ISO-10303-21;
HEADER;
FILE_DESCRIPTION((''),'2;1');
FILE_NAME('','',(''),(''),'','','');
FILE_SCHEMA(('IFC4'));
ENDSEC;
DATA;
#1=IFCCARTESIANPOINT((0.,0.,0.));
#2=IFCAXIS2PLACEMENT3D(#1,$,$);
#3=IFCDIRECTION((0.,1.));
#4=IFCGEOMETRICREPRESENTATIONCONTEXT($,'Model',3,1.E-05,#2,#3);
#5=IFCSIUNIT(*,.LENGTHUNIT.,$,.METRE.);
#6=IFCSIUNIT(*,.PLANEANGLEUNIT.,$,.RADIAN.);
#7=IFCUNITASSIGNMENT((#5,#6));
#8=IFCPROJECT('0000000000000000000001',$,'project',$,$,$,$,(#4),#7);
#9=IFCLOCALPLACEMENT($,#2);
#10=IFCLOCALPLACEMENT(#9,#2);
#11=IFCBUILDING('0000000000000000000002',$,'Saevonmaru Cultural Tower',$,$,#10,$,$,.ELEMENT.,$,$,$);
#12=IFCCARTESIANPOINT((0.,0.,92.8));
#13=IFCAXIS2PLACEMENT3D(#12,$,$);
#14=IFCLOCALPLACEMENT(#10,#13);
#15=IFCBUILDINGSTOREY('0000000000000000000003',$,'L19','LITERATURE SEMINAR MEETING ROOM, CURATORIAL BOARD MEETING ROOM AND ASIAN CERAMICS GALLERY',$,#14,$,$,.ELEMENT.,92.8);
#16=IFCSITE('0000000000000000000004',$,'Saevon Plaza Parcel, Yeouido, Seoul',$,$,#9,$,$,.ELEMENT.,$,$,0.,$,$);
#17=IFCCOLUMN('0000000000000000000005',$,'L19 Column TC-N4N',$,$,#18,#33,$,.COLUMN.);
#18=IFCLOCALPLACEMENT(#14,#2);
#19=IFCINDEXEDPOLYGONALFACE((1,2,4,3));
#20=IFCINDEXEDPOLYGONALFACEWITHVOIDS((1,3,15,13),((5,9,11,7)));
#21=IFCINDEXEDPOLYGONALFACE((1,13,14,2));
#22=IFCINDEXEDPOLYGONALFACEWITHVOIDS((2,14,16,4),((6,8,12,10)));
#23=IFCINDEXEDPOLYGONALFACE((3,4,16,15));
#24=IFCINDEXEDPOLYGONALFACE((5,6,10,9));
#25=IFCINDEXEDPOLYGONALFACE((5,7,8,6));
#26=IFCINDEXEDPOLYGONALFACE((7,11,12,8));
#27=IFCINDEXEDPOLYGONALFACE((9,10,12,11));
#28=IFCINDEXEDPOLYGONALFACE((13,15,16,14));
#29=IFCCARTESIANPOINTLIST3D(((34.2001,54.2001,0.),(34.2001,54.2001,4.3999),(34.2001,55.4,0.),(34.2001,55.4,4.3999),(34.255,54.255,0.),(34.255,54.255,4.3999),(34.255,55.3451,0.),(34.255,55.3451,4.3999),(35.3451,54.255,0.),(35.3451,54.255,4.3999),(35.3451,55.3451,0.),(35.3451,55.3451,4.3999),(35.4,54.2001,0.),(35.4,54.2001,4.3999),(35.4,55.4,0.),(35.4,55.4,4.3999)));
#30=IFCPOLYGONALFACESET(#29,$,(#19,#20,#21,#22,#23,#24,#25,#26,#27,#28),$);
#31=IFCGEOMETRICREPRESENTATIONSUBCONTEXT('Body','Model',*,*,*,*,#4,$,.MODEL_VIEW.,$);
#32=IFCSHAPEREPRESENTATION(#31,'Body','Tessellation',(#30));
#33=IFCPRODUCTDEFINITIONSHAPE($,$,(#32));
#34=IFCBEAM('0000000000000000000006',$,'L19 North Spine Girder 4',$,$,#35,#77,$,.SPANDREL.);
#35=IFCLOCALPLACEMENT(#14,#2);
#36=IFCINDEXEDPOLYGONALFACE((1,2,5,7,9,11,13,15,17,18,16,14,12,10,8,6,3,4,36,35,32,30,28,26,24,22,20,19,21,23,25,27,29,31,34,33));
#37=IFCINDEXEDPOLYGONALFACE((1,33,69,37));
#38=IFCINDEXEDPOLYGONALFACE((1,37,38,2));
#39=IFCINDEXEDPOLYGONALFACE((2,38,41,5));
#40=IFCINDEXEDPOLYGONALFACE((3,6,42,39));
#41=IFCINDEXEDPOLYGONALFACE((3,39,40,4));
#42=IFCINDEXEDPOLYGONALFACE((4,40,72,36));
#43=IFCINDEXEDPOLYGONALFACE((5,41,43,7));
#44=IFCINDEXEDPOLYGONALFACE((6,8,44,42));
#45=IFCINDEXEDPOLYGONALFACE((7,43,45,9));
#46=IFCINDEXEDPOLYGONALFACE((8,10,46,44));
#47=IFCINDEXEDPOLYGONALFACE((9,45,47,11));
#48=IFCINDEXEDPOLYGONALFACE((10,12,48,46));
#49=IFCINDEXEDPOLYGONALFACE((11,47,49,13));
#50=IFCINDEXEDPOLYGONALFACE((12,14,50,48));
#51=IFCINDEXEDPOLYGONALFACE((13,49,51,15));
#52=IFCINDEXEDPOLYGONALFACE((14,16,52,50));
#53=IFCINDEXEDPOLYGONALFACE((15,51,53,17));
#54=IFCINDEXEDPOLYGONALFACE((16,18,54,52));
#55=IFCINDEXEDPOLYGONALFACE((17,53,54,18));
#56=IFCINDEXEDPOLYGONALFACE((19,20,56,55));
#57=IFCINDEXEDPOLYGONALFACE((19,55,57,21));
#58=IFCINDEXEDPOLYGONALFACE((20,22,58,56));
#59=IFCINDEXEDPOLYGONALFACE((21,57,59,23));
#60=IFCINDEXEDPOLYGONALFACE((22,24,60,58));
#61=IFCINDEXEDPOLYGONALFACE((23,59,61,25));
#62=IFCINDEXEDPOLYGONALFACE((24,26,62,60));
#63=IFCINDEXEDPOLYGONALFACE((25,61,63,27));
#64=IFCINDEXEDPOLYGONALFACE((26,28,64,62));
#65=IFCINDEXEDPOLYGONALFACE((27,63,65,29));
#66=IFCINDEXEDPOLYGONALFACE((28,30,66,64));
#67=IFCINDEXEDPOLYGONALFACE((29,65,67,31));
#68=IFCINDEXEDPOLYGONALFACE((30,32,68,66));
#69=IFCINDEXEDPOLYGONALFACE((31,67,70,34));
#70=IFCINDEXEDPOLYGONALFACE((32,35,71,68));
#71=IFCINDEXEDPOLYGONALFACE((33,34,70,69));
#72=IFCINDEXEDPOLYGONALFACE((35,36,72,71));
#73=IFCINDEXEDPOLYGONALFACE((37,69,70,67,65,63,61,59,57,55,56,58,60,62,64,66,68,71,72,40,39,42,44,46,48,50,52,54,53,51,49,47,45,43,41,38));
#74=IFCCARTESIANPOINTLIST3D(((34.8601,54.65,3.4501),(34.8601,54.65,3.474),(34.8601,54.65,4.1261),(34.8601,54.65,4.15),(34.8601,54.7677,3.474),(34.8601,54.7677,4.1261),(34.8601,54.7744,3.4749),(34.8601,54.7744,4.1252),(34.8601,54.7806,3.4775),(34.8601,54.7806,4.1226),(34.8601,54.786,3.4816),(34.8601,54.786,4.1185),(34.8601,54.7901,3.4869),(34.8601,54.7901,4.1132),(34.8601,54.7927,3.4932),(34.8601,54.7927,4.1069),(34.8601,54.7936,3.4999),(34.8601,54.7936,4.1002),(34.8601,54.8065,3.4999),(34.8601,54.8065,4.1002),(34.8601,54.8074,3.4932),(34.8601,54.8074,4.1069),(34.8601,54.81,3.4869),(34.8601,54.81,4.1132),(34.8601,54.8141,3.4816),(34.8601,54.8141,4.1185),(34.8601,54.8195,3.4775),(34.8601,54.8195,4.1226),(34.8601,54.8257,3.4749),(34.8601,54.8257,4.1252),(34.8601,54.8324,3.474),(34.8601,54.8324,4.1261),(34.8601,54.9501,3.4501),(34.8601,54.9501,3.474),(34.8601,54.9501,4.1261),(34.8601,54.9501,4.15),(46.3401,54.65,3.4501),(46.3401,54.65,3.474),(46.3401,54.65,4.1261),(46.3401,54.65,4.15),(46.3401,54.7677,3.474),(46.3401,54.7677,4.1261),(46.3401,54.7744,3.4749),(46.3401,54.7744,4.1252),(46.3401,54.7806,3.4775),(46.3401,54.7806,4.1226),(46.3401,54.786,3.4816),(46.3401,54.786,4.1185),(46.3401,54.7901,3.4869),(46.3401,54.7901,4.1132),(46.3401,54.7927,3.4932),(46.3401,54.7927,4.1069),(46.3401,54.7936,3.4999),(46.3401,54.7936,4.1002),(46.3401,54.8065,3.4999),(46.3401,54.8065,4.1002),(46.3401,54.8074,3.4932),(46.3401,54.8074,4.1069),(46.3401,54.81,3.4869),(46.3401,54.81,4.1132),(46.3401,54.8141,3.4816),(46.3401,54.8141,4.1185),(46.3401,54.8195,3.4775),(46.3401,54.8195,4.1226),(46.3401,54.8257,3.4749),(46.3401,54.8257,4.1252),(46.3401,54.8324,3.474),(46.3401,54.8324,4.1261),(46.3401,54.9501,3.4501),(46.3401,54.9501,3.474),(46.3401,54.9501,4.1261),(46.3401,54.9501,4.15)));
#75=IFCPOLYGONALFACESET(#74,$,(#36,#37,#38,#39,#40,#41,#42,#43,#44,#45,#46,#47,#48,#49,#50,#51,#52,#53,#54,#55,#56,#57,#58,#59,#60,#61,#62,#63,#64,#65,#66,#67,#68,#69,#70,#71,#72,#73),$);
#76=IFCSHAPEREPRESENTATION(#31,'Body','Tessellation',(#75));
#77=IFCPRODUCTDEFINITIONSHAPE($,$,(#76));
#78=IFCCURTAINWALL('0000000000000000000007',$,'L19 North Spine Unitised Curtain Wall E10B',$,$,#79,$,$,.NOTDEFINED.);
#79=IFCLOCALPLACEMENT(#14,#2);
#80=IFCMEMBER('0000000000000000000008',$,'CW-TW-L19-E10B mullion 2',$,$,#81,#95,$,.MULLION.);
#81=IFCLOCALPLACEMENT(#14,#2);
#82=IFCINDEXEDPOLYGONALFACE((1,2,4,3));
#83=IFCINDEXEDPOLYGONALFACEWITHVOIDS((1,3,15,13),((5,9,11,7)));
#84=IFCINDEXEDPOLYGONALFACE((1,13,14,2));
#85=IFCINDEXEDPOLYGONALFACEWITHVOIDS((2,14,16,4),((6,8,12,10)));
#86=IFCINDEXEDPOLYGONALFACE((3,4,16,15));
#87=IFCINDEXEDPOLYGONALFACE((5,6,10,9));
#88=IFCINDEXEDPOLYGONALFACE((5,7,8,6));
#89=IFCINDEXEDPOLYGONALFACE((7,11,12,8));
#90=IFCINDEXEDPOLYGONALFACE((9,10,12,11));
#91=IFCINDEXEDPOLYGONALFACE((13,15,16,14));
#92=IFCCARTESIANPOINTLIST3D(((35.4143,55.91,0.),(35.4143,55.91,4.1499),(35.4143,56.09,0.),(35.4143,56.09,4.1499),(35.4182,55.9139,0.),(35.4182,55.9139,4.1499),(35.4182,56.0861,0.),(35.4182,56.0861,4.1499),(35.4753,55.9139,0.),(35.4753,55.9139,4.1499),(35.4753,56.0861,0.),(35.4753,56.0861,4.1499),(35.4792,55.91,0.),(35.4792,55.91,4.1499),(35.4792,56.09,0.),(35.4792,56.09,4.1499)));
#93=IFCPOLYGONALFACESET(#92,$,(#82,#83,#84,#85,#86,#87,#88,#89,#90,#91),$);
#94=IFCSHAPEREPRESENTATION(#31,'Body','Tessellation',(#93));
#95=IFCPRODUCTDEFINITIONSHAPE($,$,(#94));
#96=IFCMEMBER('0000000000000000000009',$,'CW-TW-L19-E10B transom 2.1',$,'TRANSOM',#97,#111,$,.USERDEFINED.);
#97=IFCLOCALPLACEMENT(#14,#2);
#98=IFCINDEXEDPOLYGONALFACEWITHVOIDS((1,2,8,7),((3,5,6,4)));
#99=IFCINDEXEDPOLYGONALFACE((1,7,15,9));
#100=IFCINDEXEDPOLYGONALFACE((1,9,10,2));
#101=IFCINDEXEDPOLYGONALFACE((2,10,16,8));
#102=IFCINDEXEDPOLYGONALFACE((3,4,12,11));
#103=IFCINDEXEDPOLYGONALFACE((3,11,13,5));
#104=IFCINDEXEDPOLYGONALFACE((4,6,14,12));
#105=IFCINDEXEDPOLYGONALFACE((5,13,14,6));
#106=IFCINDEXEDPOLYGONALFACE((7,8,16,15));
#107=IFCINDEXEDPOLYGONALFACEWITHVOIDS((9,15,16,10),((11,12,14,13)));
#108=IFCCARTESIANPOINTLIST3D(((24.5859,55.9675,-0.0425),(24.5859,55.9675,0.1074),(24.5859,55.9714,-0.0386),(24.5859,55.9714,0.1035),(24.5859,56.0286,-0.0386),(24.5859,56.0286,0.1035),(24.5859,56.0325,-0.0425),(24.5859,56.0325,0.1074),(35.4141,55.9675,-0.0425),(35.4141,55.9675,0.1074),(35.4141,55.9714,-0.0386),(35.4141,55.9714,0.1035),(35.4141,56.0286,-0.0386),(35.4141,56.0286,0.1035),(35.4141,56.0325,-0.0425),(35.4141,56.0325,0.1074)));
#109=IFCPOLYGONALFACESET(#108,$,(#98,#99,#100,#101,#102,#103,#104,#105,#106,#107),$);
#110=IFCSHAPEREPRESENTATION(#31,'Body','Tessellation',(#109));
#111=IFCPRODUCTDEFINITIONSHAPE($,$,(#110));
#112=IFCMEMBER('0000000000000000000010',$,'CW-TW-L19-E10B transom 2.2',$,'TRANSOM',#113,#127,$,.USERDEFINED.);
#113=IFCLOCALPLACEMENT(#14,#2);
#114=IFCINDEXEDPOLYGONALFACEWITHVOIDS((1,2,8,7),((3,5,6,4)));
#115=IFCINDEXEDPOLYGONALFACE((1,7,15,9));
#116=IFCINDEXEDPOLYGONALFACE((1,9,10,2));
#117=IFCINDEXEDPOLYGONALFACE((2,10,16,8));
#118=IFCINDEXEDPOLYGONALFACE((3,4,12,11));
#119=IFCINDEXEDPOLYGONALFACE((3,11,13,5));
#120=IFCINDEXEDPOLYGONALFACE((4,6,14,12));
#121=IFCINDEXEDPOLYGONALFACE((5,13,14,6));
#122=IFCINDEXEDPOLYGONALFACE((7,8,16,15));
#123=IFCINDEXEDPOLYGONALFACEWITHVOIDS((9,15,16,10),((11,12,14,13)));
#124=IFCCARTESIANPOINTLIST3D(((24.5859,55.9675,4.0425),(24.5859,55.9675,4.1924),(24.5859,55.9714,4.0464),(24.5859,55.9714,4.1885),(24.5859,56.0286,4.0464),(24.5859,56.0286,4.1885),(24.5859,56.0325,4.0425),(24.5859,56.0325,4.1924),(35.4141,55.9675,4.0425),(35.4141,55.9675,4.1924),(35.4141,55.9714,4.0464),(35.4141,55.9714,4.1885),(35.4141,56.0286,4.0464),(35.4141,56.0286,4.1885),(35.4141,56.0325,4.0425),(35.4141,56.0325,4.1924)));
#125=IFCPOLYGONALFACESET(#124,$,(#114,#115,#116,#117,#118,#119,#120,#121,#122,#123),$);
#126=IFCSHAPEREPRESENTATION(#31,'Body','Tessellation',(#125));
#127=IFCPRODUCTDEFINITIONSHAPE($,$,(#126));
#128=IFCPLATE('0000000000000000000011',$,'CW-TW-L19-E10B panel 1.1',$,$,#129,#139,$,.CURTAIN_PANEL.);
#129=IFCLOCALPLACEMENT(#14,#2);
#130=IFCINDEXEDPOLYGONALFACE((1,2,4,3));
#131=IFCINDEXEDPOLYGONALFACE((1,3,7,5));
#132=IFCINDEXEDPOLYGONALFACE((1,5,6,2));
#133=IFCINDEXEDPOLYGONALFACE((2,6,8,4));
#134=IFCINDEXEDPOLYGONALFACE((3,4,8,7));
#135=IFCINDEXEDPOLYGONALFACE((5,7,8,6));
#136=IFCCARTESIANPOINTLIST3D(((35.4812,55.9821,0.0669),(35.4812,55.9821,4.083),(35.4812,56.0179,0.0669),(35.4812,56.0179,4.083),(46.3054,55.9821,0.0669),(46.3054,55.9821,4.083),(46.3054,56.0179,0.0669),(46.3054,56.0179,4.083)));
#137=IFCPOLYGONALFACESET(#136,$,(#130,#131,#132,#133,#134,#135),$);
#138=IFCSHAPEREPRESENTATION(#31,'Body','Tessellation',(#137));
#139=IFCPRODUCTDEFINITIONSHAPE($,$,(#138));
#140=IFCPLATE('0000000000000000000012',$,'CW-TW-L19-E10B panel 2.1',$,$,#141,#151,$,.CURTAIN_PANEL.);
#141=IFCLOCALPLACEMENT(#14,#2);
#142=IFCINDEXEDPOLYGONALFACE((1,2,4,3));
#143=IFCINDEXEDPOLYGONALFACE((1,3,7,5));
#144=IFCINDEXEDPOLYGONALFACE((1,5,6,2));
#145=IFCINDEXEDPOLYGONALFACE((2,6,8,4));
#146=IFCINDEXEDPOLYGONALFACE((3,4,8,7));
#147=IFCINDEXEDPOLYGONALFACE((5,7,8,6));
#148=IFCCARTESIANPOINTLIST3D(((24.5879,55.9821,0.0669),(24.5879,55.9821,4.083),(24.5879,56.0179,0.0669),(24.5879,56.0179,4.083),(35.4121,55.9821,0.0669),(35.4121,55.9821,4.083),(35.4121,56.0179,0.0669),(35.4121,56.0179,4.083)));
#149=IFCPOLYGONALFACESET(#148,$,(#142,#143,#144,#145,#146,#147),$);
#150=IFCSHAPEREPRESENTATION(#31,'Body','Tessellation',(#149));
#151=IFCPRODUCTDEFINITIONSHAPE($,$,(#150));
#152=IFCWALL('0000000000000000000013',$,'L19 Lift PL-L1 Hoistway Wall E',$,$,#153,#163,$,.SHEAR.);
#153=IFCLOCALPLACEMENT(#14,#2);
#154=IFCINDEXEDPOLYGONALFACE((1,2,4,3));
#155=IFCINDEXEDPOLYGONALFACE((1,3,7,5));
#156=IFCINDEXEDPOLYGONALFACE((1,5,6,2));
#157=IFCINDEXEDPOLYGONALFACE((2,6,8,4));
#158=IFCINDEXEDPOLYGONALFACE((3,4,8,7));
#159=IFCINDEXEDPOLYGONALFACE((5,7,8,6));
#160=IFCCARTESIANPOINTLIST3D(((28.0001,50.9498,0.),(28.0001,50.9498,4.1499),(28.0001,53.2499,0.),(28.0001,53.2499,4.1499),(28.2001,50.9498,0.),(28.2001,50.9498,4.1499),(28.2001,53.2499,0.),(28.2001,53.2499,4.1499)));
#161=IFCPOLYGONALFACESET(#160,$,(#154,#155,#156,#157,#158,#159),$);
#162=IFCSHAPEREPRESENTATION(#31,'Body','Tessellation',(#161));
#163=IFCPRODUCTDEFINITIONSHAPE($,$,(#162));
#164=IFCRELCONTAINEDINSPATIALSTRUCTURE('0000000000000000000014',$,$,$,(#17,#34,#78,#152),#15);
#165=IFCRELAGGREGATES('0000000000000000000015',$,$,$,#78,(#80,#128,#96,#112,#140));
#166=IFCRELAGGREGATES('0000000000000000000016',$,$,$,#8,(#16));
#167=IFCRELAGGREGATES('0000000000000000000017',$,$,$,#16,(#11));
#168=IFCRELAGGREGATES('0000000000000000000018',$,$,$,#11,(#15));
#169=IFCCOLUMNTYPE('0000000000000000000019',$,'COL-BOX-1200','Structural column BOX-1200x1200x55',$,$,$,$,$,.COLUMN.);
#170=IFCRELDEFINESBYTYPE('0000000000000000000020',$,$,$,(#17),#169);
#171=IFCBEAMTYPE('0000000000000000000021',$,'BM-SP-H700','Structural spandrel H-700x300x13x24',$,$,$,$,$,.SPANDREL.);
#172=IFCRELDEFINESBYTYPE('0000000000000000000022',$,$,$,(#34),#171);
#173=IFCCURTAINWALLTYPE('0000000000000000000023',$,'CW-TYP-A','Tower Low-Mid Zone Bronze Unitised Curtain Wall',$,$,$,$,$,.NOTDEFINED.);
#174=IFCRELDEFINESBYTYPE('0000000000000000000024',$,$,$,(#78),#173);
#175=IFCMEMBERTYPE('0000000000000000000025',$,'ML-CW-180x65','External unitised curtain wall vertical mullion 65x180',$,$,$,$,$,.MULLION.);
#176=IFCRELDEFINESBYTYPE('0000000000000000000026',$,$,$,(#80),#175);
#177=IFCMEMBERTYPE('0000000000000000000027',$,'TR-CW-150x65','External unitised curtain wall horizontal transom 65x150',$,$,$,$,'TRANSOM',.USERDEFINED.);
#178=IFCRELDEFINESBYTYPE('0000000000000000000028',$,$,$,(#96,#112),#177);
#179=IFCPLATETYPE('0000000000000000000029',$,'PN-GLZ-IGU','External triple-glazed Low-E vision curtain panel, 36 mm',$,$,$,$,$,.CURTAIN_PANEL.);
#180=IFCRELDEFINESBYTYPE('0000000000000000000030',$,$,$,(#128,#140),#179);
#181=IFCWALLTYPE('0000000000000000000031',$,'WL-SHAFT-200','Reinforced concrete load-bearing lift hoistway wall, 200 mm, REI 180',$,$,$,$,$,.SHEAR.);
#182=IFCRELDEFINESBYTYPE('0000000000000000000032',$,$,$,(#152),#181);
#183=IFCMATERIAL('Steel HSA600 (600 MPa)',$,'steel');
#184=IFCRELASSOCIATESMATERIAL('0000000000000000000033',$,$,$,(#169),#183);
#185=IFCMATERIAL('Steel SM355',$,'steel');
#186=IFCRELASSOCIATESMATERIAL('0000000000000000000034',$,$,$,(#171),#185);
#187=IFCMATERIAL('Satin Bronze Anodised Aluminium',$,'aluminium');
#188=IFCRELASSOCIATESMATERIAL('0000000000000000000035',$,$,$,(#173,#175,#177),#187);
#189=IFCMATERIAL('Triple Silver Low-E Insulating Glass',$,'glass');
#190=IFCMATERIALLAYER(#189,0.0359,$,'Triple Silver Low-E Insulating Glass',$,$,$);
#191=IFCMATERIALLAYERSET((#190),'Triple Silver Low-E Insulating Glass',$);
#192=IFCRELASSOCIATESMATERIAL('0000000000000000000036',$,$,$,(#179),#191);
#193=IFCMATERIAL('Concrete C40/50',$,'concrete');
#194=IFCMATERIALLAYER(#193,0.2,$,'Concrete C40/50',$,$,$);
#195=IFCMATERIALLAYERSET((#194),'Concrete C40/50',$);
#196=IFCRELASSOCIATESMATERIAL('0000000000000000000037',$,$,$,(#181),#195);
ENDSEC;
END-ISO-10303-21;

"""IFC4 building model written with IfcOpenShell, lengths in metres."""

from ifc_helpers import new_model, si_unit, direction, frame, frame_2d, origin, origin_2d, place, context, subcontext, project, spatial, rectangle, hollow_rectangle, i_section, extrude, material, layer, layer_set, material_profile, profile_set, type_object, element, aggregate, save


model = new_model("IFC4")

# Units and contexts
model_context = context("Model", 3, precision=1e-05, world=origin(), true_north=direction((0.0, 1.0)))
body_context = subcontext(model_context, "Body", "Model", "MODEL_VIEW")
ifc_project = project(units=[si_unit("LENGTHUNIT", "METRE"), si_unit("PLANEANGLEUNIT", "RADIAN")], contexts=[model_context])

# Site, building, storey
site_placement = place(None, origin())
site = spatial("IfcSite", under=ifc_project, at=site_placement, Name="Saevon Plaza Parcel, Yeouido, Seoul", CompositionType="ELEMENT", RefElevation=0.0)
building_placement = place(site_placement, origin())
building = spatial("IfcBuilding", under=site, at=building_placement, Name="Saevonmaru Cultural Tower", CompositionType="ELEMENT")
storey_placement = place(building_placement, frame((0.0, 0.0, 92.8)))
storey = spatial("IfcBuildingStorey", under=building, at=storey_placement, Name="L19", Description="LITERATURE SEMINAR MEETING ROOM, CURATORIAL BOARD MEETING ROOM AND ASIAN CERAMICS GALLERY", CompositionType="ELEMENT", Elevation=92.8)

# Column
ifc_material_1 = material(Name="Steel HSA600 (600 MPa)", Category="steel")
ifc_material_profile_1 = material_profile(ifc_material_1, hollow_rectangle(XDim=1.2, YDim=1.2, WallThickness=0.0549, at=origin_2d()), Name="BOX-1200x1200x55")
ifc_profile_set_1 = profile_set([ifc_material_profile_1], Name="Steel HSA600 (600 MPa)")
column_type = type_object("IfcColumnType", Name="COL-BOX-1200", Description="Structural column BOX-1200x1200x55", PredefinedType="COLUMN", material=ifc_profile_set_1)
column_placement = place(storey_placement, frame((34.8, 54.8, 0.0), z_axis=(0.0, 0.0, 1.0), x_axis=(1.0, 0.0, 0.0)))
element("IfcColumn", 1, at=column_placement, inside=storey, type_object=column_type, Name="L19 Column TC-N4N", PredefinedType="COLUMN", context=body_context, shape_type="SweptSolid", body=[
    extrude(hollow_rectangle(XDim=1.2, YDim=1.2, WallThickness=0.0549, at=origin_2d()), origin(), (0.0, 0.0, 1.0), 4.3999),
])

# Beam
ifc_material_2 = material(Name="Steel SM355", Category="steel")
ifc_material_profile_2 = material_profile(ifc_material_2, i_section(OverallWidth=0.3, OverallDepth=0.7, WebThickness=0.0129, FlangeThickness=0.0239, FilletRadius=0.0259, at=origin_2d()), Name="H-700x300x13x24")
ifc_profile_set_2 = profile_set([ifc_material_profile_2], Name="Steel SM355")
beam_type = type_object("IfcBeamType", Name="BM-SP-H700", Description="Structural spandrel H-700x300x13x24", PredefinedType="SPANDREL", material=ifc_profile_set_2)
beam_placement = place(storey_placement, frame((34.8601, 54.8, 3.8), z_axis=(1.0, 0.0, 0.0), x_axis=(0.0, 1.0, 0.0)))
element("IfcBeam", 2, at=beam_placement, inside=storey, type_object=beam_type, Name="L19 North Spine Girder 4", PredefinedType="SPANDREL", context=body_context, shape_type="SweptSolid", body=[
    extrude(i_section(OverallWidth=0.3, OverallDepth=0.7, WebThickness=0.0129, FlangeThickness=0.0239, FilletRadius=0.0259, at=origin_2d()), origin(), (0.0, 0.0, 1.0), 11.48),
])

# Curtain wall, members, plates
ifc_material_3 = material(Name="Satin Bronze Anodised Aluminium", Category="aluminium")
curtain_wall_type = type_object("IfcCurtainWallType", Name="CW-TYP-A", Description="Tower Low-Mid Zone Bronze Unitised Curtain Wall", PredefinedType="NOTDEFINED", material=ifc_material_3)
curtain_wall_placement = place(storey_placement, origin())
curtain_wall = element("IfcCurtainWall", 3, at=curtain_wall_placement, inside=storey, type_object=curtain_wall_type, Name="L19 North Spine Unitised Curtain Wall E10B", PredefinedType="NOTDEFINED")
ifc_material_profile_3 = material_profile(ifc_material_3, hollow_rectangle(XDim=0.0649, YDim=0.1799, WallThickness=0.0039, at=origin_2d()), Name="ALU-MULL-180x65x4")
ifc_profile_set_3 = profile_set([ifc_material_profile_3], Name="Satin Bronze Anodised Aluminium")
member_type_1 = type_object("IfcMemberType", Name="ML-CW-180x65", Description="External unitised curtain wall vertical mullion 65x180", PredefinedType="MULLION", material=ifc_profile_set_3)
member_1_placement = place(storey_placement, frame((35.4468, 56.0, 0.0), z_axis=(0.0, 0.0, 1.0), x_axis=(-1.0, 0.0, 0.0)))
member_1 = element("IfcMember", 4, at=member_1_placement, type_object=member_type_1, Name="CW-TW-L19-E10B mullion 2", PredefinedType="MULLION", context=body_context, shape_type="SweptSolid", body=[
    extrude(hollow_rectangle(XDim=0.0649, YDim=0.1799, WallThickness=0.0039, at=origin_2d()), origin(), (0.0, 0.0, 1.0), 4.1499),
])
ifc_material_profile_4 = material_profile(ifc_material_3, hollow_rectangle(XDim=0.0649, YDim=0.1499, WallThickness=0.0039, at=origin_2d()), Name="ALU-TRAN-150x65x4")
ifc_profile_set_4 = profile_set([ifc_material_profile_4], Name="Satin Bronze Anodised Aluminium")
member_type_2 = type_object("IfcMemberType", Name="TR-CW-150x65", Description="External unitised curtain wall horizontal transom 65x150", ElementType="TRANSOM", PredefinedType="USERDEFINED", material=ifc_profile_set_4)
member_2_placement = place(storey_placement, frame((35.4141, 56.0, 0.0325), z_axis=(-1.0, 0.0, 0.0), x_axis=(0.0, -1.0, 0.0)))
member_2 = element("IfcMember", 5, at=member_2_placement, type_object=member_type_2, Name="CW-TW-L19-E10B transom 2.1", ObjectType="TRANSOM", PredefinedType="USERDEFINED", context=body_context, shape_type="SweptSolid", body=[
    extrude(hollow_rectangle(XDim=0.0649, YDim=0.1499, WallThickness=0.0039, at=origin_2d()), origin(), (0.0, 0.0, 1.0), 10.8281),
])
member_3_placement = place(storey_placement, frame((35.4141, 56.0, 4.1174), z_axis=(-1.0, 0.0, 0.0), x_axis=(0.0, -1.0, 0.0)))
member_3 = element("IfcMember", 6, at=member_3_placement, type_object=member_type_2, Name="CW-TW-L19-E10B transom 2.2", ObjectType="TRANSOM", PredefinedType="USERDEFINED", context=body_context, shape_type="SweptSolid", body=[
    extrude(hollow_rectangle(XDim=0.0649, YDim=0.1499, WallThickness=0.0039, at=origin_2d()), origin(), (0.0, 0.0, 1.0), 10.8281),
])
ifc_material_4 = material(Name="Triple Silver Low-E Insulating Glass", Category="glass")
ifc_layer_1 = layer(ifc_material_4, 0.0359, Name="Triple Silver Low-E Insulating Glass")
ifc_layer_set_1 = layer_set([ifc_layer_1], Name="Triple Silver Low-E Insulating Glass")
plate_type = type_object("IfcPlateType", Name="PN-GLZ-IGU", Description="External triple-glazed Low-E vision curtain panel, 36 mm", PredefinedType="CURTAIN_PANEL", material=ifc_layer_set_1)
plate_1_placement = place(storey_placement, frame((40.8933, 56.0, 0.0669), z_axis=(0.0, 0.0, 1.0), x_axis=(-1.0, 0.0, 0.0)))
plate_1 = element("IfcPlate", 7, at=plate_1_placement, type_object=plate_type, Name="CW-TW-L19-E10B panel 1.1", PredefinedType="CURTAIN_PANEL", context=body_context, shape_type="SweptSolid", body=[
    extrude(rectangle(XDim=10.8242, YDim=0.0359, at=origin_2d()), origin(), (0.0, 0.0, 1.0), 4.0161),
])
plate_2_placement = place(storey_placement, frame((30.0, 56.0, 0.0669), z_axis=(0.0, 0.0, 1.0), x_axis=(-1.0, 0.0, 0.0)))
plate_2 = element("IfcPlate", 8, at=plate_2_placement, type_object=plate_type, Name="CW-TW-L19-E10B panel 2.1", PredefinedType="CURTAIN_PANEL", context=body_context, shape_type="SweptSolid", body=[
    extrude(rectangle(XDim=10.8242, YDim=0.0359, at=origin_2d()), origin(), (0.0, 0.0, 1.0), 4.0161),
])
aggregate(curtain_wall, [member_1, plate_1, member_2, member_3, plate_2])

# Wall
ifc_material_5 = material(Name="Concrete C40/50", Category="concrete")
ifc_layer_2 = layer(ifc_material_5, 0.2, Name="Concrete C40/50")
ifc_layer_set_2 = layer_set([ifc_layer_2], Name="Concrete C40/50")
wall_type_1 = type_object("IfcWallType", Name="WL-SHAFT-200", Description="Reinforced concrete load-bearing lift hoistway wall, 200 mm, REI 180", PredefinedType="SHEAR", material=ifc_layer_set_2)
wall_1_placement = place(storey_placement, frame((28.1001, 50.95, 0.0), z_axis=(0.0, 0.0, 1.0), x_axis=(0.0, 1.0, 0.0)))
element("IfcWall", 9, at=wall_1_placement, inside=storey, type_object=wall_type_1, Name="L19 Lift PL-L1 Hoistway Wall E", PredefinedType="SHEAR", context=body_context, shape_type="SweptSolid", body=[
    extrude(rectangle(XDim=2.3, YDim=0.2, at=frame_2d((1.1499, 0.0))), origin(), (0.0, 0.0, 1.0), 4.1499),
])

save(model, "model.ifc")
